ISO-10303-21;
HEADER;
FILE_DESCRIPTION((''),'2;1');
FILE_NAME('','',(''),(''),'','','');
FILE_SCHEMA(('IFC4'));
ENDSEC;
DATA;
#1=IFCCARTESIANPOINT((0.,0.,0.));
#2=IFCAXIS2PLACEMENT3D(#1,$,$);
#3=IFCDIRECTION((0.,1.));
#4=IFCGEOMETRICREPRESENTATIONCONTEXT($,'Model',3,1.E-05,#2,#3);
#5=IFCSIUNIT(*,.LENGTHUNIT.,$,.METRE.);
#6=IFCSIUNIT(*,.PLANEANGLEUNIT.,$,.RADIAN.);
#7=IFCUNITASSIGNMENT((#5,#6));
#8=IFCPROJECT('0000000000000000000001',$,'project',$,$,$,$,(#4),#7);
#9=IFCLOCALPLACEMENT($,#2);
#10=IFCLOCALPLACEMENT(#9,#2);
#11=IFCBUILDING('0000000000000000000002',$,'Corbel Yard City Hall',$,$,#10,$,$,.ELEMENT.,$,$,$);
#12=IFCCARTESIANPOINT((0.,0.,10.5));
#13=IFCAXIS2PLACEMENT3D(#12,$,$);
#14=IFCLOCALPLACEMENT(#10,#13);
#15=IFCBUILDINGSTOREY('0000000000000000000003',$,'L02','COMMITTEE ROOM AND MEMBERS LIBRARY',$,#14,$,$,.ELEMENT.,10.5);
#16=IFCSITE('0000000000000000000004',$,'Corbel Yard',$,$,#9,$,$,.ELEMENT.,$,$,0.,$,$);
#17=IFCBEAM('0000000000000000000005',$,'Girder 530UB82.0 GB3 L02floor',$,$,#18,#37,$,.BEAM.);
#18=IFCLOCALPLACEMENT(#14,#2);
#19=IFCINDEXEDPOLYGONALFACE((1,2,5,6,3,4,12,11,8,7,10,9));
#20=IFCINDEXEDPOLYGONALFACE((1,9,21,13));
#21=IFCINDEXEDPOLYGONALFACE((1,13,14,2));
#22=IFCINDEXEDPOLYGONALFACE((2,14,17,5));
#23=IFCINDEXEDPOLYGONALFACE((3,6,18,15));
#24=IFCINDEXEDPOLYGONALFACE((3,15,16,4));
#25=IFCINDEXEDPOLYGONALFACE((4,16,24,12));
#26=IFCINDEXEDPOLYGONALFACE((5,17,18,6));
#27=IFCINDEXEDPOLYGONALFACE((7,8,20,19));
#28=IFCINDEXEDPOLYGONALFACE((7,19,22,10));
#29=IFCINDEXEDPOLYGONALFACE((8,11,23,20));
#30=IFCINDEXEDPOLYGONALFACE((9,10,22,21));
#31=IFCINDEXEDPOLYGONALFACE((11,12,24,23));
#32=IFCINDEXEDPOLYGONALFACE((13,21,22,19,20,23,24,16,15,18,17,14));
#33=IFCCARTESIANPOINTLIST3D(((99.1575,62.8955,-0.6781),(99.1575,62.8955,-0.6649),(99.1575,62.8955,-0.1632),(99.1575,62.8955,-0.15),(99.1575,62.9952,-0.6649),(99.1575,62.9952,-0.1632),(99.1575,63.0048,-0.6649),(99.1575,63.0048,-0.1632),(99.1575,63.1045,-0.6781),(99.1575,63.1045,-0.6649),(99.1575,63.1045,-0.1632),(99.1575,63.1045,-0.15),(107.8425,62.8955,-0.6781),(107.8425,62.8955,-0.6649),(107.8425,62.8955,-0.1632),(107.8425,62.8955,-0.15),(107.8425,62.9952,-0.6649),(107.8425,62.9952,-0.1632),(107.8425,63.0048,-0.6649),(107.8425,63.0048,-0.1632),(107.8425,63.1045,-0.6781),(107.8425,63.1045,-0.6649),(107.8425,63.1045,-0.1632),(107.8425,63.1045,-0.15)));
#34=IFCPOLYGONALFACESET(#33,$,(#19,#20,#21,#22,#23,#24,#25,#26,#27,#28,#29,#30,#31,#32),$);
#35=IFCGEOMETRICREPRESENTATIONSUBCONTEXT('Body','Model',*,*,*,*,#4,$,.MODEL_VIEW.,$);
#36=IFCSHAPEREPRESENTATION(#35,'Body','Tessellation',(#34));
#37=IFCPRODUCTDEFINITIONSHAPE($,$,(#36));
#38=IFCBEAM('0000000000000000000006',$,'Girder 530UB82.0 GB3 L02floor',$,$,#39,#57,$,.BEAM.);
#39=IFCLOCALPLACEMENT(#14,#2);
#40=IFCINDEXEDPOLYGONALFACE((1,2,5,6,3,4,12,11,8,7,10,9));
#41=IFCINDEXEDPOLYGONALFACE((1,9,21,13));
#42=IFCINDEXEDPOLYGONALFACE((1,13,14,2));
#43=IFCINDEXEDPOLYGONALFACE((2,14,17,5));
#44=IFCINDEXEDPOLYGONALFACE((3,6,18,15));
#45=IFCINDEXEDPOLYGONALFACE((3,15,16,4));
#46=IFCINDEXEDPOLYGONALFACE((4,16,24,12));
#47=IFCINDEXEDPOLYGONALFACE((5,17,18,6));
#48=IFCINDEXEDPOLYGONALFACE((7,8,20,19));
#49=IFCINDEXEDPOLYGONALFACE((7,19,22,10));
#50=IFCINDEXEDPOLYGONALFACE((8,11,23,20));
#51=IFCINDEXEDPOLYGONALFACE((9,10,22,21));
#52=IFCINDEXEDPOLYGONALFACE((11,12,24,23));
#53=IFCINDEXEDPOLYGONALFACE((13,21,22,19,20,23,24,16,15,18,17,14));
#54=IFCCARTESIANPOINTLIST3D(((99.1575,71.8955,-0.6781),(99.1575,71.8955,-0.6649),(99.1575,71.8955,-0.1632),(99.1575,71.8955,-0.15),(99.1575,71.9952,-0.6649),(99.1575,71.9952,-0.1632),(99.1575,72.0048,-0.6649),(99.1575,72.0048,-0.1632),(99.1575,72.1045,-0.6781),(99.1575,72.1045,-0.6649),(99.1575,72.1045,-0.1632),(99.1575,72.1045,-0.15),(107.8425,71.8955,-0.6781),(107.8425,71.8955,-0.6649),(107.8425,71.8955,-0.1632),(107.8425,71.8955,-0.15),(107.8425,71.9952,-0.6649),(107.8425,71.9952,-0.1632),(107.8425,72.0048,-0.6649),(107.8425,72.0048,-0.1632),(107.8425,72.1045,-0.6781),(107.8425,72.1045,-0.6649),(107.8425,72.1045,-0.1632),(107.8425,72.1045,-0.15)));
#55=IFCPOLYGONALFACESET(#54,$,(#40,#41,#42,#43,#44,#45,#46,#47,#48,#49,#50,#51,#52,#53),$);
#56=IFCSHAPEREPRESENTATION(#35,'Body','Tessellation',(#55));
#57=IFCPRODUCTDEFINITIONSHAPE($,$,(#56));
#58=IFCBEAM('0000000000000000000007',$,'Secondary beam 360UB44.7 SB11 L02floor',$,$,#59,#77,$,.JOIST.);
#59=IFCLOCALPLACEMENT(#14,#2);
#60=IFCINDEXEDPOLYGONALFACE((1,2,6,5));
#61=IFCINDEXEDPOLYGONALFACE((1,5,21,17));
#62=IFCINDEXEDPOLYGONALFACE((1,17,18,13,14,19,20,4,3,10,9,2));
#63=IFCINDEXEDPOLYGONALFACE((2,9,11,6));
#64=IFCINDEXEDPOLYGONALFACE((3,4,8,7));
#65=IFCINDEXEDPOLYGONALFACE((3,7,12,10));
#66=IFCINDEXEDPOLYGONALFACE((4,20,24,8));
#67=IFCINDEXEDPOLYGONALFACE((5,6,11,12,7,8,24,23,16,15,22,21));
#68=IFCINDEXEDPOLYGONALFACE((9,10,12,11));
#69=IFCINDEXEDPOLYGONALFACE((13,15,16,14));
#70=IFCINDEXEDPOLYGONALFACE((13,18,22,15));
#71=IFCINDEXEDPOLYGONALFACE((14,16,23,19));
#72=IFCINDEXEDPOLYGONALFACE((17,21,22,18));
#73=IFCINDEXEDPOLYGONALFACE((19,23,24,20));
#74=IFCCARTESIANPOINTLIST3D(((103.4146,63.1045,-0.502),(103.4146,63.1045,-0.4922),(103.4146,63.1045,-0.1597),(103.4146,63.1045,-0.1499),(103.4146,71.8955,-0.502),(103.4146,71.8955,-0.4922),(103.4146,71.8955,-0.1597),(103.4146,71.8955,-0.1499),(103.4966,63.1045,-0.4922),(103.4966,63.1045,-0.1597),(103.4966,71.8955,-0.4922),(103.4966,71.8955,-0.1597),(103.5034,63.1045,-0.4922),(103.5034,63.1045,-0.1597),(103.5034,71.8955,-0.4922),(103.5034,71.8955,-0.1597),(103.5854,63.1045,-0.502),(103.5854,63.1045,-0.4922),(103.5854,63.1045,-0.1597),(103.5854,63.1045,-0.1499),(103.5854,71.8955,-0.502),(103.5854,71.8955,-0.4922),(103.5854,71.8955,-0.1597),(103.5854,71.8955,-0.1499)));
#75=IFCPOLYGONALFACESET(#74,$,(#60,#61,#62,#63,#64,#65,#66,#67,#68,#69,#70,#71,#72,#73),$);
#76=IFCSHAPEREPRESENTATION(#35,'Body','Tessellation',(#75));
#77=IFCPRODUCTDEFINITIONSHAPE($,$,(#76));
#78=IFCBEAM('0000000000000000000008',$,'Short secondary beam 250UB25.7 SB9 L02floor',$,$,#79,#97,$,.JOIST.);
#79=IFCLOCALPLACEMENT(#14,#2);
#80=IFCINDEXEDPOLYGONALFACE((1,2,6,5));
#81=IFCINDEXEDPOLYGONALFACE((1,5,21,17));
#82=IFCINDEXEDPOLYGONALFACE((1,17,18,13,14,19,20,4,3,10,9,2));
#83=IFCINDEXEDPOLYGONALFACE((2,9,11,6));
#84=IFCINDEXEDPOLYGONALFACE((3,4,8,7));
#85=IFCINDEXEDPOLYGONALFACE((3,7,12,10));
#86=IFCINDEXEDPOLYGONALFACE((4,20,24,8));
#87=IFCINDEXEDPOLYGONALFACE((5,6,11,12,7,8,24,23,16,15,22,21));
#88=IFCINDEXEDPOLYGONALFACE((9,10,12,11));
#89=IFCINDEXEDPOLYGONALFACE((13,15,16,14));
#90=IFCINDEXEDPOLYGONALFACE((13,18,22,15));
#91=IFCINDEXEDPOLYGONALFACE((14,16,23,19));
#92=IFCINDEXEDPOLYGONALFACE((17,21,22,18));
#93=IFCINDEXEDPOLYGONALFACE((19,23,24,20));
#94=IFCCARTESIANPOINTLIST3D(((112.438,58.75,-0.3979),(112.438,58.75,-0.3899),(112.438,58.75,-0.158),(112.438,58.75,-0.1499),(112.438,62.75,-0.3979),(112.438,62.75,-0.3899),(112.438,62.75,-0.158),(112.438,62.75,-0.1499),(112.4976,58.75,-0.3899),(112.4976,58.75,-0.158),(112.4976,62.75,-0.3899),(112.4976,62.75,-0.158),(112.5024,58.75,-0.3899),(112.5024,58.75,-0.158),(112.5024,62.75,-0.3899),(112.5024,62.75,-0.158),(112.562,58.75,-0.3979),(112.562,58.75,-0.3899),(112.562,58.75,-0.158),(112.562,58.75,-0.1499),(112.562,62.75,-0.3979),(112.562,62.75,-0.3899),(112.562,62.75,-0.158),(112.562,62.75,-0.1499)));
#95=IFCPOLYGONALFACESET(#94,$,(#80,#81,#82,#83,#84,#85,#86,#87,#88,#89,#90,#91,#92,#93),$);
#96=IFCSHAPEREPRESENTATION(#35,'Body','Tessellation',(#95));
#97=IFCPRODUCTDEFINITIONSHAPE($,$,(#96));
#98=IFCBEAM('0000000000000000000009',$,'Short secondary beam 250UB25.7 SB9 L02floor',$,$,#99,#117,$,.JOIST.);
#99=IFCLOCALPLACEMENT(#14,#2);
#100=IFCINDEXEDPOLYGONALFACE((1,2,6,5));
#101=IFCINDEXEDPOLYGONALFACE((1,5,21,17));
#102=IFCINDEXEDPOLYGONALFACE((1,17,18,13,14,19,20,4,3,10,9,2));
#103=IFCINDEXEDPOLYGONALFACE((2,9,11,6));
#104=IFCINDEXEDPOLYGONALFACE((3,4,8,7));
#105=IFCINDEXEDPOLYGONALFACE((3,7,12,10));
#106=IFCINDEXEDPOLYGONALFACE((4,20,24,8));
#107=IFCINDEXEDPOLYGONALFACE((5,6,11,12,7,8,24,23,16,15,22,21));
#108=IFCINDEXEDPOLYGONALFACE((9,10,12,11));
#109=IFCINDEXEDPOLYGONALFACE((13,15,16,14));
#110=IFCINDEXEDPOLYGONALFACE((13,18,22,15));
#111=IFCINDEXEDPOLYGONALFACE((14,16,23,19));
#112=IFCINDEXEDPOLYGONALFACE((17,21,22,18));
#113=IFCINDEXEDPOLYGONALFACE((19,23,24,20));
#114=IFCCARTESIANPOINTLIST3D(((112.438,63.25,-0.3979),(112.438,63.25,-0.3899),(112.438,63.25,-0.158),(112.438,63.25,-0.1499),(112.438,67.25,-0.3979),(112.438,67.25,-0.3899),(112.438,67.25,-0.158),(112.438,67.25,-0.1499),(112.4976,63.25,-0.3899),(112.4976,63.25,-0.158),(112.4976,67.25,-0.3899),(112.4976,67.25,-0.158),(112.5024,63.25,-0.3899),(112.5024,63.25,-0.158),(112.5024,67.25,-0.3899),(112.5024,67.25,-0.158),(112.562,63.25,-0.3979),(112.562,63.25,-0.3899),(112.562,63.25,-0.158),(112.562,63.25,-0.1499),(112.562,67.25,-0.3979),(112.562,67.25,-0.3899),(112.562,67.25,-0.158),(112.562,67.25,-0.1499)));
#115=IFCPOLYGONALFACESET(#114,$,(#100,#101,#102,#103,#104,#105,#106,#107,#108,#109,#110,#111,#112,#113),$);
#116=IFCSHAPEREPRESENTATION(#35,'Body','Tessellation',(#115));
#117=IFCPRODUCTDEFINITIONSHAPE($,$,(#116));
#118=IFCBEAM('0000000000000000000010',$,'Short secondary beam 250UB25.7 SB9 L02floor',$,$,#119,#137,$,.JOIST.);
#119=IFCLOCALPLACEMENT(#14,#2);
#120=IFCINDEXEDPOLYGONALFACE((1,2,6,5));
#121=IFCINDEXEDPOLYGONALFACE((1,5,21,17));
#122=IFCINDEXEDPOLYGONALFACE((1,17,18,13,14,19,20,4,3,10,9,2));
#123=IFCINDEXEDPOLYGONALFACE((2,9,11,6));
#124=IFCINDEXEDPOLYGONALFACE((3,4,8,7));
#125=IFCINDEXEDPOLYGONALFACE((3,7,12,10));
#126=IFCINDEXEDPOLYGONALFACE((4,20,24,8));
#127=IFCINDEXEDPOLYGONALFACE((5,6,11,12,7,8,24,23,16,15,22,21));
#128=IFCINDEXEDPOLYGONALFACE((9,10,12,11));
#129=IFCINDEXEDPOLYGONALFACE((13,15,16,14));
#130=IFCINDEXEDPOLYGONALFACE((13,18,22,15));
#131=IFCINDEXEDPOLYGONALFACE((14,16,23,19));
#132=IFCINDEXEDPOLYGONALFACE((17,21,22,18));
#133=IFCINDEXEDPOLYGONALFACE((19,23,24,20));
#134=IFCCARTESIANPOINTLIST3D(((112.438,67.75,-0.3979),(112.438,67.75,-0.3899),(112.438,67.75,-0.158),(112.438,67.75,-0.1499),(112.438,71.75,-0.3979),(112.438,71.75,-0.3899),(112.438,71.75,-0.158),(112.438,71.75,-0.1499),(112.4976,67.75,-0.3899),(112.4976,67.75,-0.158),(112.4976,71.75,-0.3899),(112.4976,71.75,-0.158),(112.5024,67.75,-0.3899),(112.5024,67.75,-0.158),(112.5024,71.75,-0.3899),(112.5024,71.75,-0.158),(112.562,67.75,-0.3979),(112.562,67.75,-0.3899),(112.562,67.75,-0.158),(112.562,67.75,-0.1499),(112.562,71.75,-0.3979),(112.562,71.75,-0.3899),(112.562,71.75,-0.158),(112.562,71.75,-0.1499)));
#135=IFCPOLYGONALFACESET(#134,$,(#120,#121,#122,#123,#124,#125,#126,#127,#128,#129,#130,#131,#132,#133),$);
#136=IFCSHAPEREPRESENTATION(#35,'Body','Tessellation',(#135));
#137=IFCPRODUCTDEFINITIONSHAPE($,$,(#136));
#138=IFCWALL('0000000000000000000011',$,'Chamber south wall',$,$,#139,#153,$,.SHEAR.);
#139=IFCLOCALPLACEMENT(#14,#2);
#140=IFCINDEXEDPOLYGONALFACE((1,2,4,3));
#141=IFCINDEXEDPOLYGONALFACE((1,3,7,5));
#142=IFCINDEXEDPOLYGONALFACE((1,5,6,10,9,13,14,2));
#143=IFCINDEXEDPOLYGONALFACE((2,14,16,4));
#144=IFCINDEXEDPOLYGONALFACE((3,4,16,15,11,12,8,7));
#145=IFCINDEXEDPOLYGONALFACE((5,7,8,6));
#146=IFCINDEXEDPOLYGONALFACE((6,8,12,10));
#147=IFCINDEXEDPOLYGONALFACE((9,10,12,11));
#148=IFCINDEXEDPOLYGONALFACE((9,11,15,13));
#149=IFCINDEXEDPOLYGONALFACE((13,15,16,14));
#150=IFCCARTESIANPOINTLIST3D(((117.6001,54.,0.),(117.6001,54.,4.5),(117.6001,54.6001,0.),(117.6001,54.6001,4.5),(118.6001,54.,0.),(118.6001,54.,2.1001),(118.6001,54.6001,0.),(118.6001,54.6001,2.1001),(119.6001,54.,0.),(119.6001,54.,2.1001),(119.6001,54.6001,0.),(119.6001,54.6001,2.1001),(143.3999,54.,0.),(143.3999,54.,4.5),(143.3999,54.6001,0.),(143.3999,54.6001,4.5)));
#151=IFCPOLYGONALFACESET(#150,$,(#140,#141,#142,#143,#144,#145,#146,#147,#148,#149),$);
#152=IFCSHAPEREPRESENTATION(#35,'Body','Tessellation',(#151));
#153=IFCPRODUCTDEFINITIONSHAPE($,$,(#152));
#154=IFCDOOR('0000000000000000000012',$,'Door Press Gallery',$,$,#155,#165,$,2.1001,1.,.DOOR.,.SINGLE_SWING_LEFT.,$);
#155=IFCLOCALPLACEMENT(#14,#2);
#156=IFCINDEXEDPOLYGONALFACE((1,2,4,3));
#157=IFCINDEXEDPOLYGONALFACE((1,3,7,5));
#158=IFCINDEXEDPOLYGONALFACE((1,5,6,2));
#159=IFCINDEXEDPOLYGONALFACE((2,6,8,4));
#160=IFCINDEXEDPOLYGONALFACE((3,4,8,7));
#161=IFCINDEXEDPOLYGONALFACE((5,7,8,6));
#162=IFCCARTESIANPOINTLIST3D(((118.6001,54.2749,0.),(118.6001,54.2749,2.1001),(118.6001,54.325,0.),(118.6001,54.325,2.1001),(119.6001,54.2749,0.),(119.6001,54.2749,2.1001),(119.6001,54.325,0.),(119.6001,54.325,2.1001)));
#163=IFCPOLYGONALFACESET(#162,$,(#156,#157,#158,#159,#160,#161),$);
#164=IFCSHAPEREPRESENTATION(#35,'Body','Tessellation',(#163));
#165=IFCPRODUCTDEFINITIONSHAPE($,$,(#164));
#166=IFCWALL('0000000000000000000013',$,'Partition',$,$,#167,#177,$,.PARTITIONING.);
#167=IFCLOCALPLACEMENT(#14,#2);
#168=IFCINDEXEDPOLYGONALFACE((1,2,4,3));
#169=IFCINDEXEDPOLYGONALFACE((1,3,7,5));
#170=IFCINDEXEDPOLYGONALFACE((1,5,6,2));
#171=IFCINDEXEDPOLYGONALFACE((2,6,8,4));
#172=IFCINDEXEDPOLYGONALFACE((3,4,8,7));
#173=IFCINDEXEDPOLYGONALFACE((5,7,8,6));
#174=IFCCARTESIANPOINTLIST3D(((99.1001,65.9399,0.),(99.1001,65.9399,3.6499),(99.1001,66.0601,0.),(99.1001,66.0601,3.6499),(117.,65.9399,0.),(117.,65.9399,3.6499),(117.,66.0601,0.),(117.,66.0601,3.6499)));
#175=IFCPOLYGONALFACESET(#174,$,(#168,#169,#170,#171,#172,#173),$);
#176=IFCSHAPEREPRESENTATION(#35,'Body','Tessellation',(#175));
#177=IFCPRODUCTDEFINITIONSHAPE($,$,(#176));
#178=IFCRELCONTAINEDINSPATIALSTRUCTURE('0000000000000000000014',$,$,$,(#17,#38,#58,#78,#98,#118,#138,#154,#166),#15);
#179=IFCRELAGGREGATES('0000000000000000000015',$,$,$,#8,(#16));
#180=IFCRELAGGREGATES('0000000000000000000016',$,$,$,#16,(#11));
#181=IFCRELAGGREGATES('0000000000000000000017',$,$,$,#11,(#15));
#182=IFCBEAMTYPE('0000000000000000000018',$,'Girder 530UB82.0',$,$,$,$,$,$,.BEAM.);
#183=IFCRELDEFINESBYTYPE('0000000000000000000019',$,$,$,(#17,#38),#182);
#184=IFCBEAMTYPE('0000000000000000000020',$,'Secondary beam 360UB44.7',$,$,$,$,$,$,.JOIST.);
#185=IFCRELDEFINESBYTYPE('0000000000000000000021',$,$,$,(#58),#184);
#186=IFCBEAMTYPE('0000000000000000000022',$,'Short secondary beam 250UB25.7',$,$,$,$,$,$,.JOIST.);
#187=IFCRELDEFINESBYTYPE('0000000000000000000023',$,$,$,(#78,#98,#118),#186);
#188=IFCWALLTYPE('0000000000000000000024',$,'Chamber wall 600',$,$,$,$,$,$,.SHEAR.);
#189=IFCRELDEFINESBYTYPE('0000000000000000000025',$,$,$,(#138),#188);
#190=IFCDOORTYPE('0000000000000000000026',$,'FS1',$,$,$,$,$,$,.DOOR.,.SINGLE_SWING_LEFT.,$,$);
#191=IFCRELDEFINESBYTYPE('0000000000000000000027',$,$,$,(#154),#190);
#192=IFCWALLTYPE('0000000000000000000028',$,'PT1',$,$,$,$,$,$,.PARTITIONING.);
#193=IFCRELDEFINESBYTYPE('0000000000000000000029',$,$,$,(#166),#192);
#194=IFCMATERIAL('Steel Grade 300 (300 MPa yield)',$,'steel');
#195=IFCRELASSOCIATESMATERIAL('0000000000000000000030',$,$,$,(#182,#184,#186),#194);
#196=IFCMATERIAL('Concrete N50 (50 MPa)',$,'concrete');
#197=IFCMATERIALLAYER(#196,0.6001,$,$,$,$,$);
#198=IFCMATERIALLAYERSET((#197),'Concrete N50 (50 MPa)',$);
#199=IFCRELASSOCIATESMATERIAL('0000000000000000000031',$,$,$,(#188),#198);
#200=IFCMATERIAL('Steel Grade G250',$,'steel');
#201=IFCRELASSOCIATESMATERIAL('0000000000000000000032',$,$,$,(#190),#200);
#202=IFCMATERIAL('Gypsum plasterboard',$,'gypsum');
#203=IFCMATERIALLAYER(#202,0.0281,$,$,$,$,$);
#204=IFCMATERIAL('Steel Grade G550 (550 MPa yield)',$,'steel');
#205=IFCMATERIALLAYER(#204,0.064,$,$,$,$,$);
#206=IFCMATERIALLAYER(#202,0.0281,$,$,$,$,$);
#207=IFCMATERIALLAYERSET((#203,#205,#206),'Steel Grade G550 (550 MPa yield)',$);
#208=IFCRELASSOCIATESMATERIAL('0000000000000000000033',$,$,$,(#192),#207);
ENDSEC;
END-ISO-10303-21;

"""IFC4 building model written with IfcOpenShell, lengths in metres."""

from ifc_helpers import new_model, si_unit, direction, frame, frame_2d, origin, origin_2d, place, context, subcontext, project, spatial, rectangle, i_section, extrude, material, layer, layer_set, material_profile, profile_set, type_object, element, fill, save


model = new_model("IFC4")

# Units and contexts
model_context = context("Model", 3, precision=1e-05, world=origin(), true_north=direction((0.0, 1.0)))
body_context = subcontext(model_context, "Body", "Model", "MODEL_VIEW")
ifc_project = project(units=[si_unit("LENGTHUNIT", "METRE"), si_unit("PLANEANGLEUNIT", "RADIAN")], contexts=[model_context])

# Site, building, storey
site_placement = place(None, origin())
site = spatial("IfcSite", under=ifc_project, at=site_placement, Name="Corbel Yard", CompositionType="ELEMENT", RefElevation=0.0)
building_placement = place(site_placement, origin())
building = spatial("IfcBuilding", under=site, at=building_placement, Name="Corbel Yard City Hall", CompositionType="ELEMENT")
storey_placement = place(building_placement, frame((0.0, 0.0, 10.5)))
storey = spatial("IfcBuildingStorey", under=building, at=storey_placement, Name="L02", Description="COMMITTEE ROOM AND MEMBERS LIBRARY", CompositionType="ELEMENT", Elevation=10.5)

# Shared definitions
ifc_material_1 = material(Name="Concrete N50 (50 MPa)", Category="concrete")
ifc_material_2 = material(Name="Steel Grade 300 (300 MPa yield)", Category="steel")

# Beams
ifc_material_profile_1 = material_profile(ifc_material_2, i_section(OverallWidth=0.209, OverallDepth=0.5281, WebThickness=0.0095, FlangeThickness=0.0132, at=origin_2d()), Name="530UB82.0")
ifc_profile_set_1 = profile_set([ifc_material_profile_1], Name="Steel Grade 300 (300 MPa yield)")
beam_type_1 = type_object("IfcBeamType", Name="Girder 530UB82.0", PredefinedType="BEAM", material=ifc_profile_set_1)
for number, where, z_axis, x_axis, name in (
    (1, (99.1575, 63.0, -0.4141), (1.0, 0.0, 0.0), (0.0, 1.0, 0.0), "Girder 530UB82.0 GB3 L02floor"),
    (2, (99.1575, 72.0, -0.4141), (1.0, 0.0, 0.0), (0.0, 1.0, 0.0), "Girder 530UB82.0 GB3 L02floor"),
):
    element("IfcBeam", number, at=place(storey_placement, frame(where, z_axis=z_axis, x_axis=x_axis)), inside=storey, type_object=beam_type_1, Name=name, PredefinedType="BEAM", context=body_context, shape_type="SweptSolid", body=[
        extrude(i_section(OverallWidth=0.209, OverallDepth=0.5281, WebThickness=0.0095, FlangeThickness=0.0132, at=origin_2d()), origin(), (0.0, 0.0, 1.0), 8.6851),
    ])
ifc_material_profile_2 = material_profile(ifc_material_2, i_section(OverallWidth=0.1709, OverallDepth=0.3521, WebThickness=0.0068, FlangeThickness=0.0098, at=origin_2d()), Name="360UB44.7")
ifc_profile_set_2 = profile_set([ifc_material_profile_2], Name="Steel Grade 300 (300 MPa yield)")
beam_type_2 = type_object("IfcBeamType", Name="Secondary beam 360UB44.7", PredefinedType="JOIST", material=ifc_profile_set_2)
beam_1_placement = place(storey_placement, frame((103.5, 63.1045, -0.3259), z_axis=(0.0, 1.0, 0.0), x_axis=(-1.0, 0.0, 0.0)))
element("IfcBeam", 3, at=beam_1_placement, inside=storey, type_object=beam_type_2, Name="Secondary beam 360UB44.7 SB11 L02floor", PredefinedType="JOIST", context=body_context, shape_type="SweptSolid", body=[
    extrude(i_section(OverallWidth=0.1709, OverallDepth=0.3521, WebThickness=0.0068, FlangeThickness=0.0098, at=origin_2d()), origin(), (0.0, 0.0, 1.0), 8.791),
])
ifc_material_profile_3 = material_profile(ifc_material_2, i_section(OverallWidth=0.124, OverallDepth=0.248, WebThickness=0.0049, FlangeThickness=0.0081, at=origin_2d()), Name="250UB25.7")
ifc_profile_set_3 = profile_set([ifc_material_profile_3], Name="Steel Grade 300 (300 MPa yield)")
beam_type_3 = type_object("IfcBeamType", Name="Short secondary beam 250UB25.7", PredefinedType="JOIST", material=ifc_profile_set_3)
for number, where, z_axis, x_axis, name in (
    (4, (112.5, 58.75, -0.2739), (0.0, 1.0, 0.0), (-1.0, 0.0, 0.0), "Short secondary beam 250UB25.7 SB9 L02floor"),
    (5, (112.5, 63.25, -0.2739), (0.0, 1.0, 0.0), (-1.0, 0.0, 0.0), "Short secondary beam 250UB25.7 SB9 L02floor"),
    (6, (112.5, 67.75, -0.2739), (0.0, 1.0, 0.0), (-1.0, 0.0, 0.0), "Short secondary beam 250UB25.7 SB9 L02floor"),
):
    element("IfcBeam", number, at=place(storey_placement, frame(where, z_axis=z_axis, x_axis=x_axis)), inside=storey, type_object=beam_type_3, Name=name, PredefinedType="JOIST", context=body_context, shape_type="SweptSolid", body=[
        extrude(i_section(OverallWidth=0.124, OverallDepth=0.248, WebThickness=0.0049, FlangeThickness=0.0081, at=origin_2d()), origin(), (0.0, 0.0, 1.0), 4.0),
    ])

# Wall, opening, door
ifc_layer_1 = layer(ifc_material_1, 0.6001)
ifc_layer_set_1 = layer_set([ifc_layer_1], Name="Concrete N50 (50 MPa)")
wall_type_1 = type_object("IfcWallType", Name="Chamber wall 600", PredefinedType="SHEAR", material=ifc_layer_set_1)
wall_1_placement = place(storey_placement, frame((117.6001, 54.3, 0.0), z_axis=(0.0, 0.0, 1.0), x_axis=(1.0, 0.0, 0.0)))
wall_1 = element("IfcWall", 7, at=wall_1_placement, inside=storey, type_object=wall_type_1, Name="Chamber south wall", PredefinedType="SHEAR", context=body_context, shape_type="SweptSolid", body=[
    extrude(rectangle(XDim=25.7998, YDim=0.6001, at=frame_2d((12.8999, 0.0))), origin(), (0.0, 0.0, 1.0), 4.5),
])
opening_placement = place(wall_1_placement, frame((1.0, 0.0, 0.0)))
opening = element("IfcOpeningElement", 8, at=opening_placement, cuts=wall_1, PredefinedType="OPENING", context=body_context, shape_type="SweptSolid", body=[
    extrude(rectangle(XDim=1.0, YDim=2.1001, at=frame_2d((0.5, 1.05))), frame((0.0, 0.3101, 0.0), z_axis=(0.0, -1.0, 0.0), x_axis=(1.0, 0.0, 0.0)), (0.0, 0.0, 1.0), 0.6201),
])
ifc_material_3 = material(Name="Steel Grade G250", Category="steel")
door_type = type_object("IfcDoorType", Name="FS1", OperationType="SINGLE_SWING_LEFT", PredefinedType="DOOR", material=ifc_material_3)
door_placement = place(opening_placement, origin())
door = element("IfcDoor", 9, at=door_placement, inside=storey, type_object=door_type, Name="Door Press Gallery", OperationType="SINGLE_SWING_LEFT", OverallHeight=2.1001, OverallWidth=1.0, PredefinedType="DOOR", context=body_context, shape_type="SweptSolid", body=[
    extrude(rectangle(XDim=1.0, YDim=2.1001, at=frame_2d((0.5, 1.05))), frame((0.0, 0.0249, 0.0), z_axis=(0.0, -1.0, 0.0), x_axis=(1.0, 0.0, 0.0)), (0.0, 0.0, 1.0), 0.05),
])
fill(opening, door)

# Wall
ifc_material_4 = material(Name="Gypsum plasterboard", Category="gypsum")
ifc_layer_2 = layer(ifc_material_4, 0.0281)
ifc_material_5 = material(Name="Steel Grade G550 (550 MPa yield)", Category="steel")
ifc_layer_3 = layer(ifc_material_5, 0.064)
ifc_layer_4 = layer(ifc_material_4, 0.0281)
ifc_layer_set_2 = layer_set([ifc_layer_2, ifc_layer_3, ifc_layer_4], Name="Steel Grade G550 (550 MPa yield)")
wall_type_2 = type_object("IfcWallType", Name="PT1", PredefinedType="PARTITIONING", material=ifc_layer_set_2)
wall_2_placement = place(storey_placement, frame((99.1001, 66.0, 0.0), z_axis=(0.0, 0.0, 1.0), x_axis=(1.0, 0.0, 0.0)))
element("IfcWall", 10, at=wall_2_placement, inside=storey, type_object=wall_type_2, Name="Partition", PredefinedType="PARTITIONING", context=body_context, shape_type="SweptSolid", body=[
    extrude(rectangle(XDim=17.8999, YDim=0.1201, at=frame_2d((8.95, 0.0))), origin(), (0.0, 0.0, 1.0), 3.6499),
])

save(model, "model.ifc")
